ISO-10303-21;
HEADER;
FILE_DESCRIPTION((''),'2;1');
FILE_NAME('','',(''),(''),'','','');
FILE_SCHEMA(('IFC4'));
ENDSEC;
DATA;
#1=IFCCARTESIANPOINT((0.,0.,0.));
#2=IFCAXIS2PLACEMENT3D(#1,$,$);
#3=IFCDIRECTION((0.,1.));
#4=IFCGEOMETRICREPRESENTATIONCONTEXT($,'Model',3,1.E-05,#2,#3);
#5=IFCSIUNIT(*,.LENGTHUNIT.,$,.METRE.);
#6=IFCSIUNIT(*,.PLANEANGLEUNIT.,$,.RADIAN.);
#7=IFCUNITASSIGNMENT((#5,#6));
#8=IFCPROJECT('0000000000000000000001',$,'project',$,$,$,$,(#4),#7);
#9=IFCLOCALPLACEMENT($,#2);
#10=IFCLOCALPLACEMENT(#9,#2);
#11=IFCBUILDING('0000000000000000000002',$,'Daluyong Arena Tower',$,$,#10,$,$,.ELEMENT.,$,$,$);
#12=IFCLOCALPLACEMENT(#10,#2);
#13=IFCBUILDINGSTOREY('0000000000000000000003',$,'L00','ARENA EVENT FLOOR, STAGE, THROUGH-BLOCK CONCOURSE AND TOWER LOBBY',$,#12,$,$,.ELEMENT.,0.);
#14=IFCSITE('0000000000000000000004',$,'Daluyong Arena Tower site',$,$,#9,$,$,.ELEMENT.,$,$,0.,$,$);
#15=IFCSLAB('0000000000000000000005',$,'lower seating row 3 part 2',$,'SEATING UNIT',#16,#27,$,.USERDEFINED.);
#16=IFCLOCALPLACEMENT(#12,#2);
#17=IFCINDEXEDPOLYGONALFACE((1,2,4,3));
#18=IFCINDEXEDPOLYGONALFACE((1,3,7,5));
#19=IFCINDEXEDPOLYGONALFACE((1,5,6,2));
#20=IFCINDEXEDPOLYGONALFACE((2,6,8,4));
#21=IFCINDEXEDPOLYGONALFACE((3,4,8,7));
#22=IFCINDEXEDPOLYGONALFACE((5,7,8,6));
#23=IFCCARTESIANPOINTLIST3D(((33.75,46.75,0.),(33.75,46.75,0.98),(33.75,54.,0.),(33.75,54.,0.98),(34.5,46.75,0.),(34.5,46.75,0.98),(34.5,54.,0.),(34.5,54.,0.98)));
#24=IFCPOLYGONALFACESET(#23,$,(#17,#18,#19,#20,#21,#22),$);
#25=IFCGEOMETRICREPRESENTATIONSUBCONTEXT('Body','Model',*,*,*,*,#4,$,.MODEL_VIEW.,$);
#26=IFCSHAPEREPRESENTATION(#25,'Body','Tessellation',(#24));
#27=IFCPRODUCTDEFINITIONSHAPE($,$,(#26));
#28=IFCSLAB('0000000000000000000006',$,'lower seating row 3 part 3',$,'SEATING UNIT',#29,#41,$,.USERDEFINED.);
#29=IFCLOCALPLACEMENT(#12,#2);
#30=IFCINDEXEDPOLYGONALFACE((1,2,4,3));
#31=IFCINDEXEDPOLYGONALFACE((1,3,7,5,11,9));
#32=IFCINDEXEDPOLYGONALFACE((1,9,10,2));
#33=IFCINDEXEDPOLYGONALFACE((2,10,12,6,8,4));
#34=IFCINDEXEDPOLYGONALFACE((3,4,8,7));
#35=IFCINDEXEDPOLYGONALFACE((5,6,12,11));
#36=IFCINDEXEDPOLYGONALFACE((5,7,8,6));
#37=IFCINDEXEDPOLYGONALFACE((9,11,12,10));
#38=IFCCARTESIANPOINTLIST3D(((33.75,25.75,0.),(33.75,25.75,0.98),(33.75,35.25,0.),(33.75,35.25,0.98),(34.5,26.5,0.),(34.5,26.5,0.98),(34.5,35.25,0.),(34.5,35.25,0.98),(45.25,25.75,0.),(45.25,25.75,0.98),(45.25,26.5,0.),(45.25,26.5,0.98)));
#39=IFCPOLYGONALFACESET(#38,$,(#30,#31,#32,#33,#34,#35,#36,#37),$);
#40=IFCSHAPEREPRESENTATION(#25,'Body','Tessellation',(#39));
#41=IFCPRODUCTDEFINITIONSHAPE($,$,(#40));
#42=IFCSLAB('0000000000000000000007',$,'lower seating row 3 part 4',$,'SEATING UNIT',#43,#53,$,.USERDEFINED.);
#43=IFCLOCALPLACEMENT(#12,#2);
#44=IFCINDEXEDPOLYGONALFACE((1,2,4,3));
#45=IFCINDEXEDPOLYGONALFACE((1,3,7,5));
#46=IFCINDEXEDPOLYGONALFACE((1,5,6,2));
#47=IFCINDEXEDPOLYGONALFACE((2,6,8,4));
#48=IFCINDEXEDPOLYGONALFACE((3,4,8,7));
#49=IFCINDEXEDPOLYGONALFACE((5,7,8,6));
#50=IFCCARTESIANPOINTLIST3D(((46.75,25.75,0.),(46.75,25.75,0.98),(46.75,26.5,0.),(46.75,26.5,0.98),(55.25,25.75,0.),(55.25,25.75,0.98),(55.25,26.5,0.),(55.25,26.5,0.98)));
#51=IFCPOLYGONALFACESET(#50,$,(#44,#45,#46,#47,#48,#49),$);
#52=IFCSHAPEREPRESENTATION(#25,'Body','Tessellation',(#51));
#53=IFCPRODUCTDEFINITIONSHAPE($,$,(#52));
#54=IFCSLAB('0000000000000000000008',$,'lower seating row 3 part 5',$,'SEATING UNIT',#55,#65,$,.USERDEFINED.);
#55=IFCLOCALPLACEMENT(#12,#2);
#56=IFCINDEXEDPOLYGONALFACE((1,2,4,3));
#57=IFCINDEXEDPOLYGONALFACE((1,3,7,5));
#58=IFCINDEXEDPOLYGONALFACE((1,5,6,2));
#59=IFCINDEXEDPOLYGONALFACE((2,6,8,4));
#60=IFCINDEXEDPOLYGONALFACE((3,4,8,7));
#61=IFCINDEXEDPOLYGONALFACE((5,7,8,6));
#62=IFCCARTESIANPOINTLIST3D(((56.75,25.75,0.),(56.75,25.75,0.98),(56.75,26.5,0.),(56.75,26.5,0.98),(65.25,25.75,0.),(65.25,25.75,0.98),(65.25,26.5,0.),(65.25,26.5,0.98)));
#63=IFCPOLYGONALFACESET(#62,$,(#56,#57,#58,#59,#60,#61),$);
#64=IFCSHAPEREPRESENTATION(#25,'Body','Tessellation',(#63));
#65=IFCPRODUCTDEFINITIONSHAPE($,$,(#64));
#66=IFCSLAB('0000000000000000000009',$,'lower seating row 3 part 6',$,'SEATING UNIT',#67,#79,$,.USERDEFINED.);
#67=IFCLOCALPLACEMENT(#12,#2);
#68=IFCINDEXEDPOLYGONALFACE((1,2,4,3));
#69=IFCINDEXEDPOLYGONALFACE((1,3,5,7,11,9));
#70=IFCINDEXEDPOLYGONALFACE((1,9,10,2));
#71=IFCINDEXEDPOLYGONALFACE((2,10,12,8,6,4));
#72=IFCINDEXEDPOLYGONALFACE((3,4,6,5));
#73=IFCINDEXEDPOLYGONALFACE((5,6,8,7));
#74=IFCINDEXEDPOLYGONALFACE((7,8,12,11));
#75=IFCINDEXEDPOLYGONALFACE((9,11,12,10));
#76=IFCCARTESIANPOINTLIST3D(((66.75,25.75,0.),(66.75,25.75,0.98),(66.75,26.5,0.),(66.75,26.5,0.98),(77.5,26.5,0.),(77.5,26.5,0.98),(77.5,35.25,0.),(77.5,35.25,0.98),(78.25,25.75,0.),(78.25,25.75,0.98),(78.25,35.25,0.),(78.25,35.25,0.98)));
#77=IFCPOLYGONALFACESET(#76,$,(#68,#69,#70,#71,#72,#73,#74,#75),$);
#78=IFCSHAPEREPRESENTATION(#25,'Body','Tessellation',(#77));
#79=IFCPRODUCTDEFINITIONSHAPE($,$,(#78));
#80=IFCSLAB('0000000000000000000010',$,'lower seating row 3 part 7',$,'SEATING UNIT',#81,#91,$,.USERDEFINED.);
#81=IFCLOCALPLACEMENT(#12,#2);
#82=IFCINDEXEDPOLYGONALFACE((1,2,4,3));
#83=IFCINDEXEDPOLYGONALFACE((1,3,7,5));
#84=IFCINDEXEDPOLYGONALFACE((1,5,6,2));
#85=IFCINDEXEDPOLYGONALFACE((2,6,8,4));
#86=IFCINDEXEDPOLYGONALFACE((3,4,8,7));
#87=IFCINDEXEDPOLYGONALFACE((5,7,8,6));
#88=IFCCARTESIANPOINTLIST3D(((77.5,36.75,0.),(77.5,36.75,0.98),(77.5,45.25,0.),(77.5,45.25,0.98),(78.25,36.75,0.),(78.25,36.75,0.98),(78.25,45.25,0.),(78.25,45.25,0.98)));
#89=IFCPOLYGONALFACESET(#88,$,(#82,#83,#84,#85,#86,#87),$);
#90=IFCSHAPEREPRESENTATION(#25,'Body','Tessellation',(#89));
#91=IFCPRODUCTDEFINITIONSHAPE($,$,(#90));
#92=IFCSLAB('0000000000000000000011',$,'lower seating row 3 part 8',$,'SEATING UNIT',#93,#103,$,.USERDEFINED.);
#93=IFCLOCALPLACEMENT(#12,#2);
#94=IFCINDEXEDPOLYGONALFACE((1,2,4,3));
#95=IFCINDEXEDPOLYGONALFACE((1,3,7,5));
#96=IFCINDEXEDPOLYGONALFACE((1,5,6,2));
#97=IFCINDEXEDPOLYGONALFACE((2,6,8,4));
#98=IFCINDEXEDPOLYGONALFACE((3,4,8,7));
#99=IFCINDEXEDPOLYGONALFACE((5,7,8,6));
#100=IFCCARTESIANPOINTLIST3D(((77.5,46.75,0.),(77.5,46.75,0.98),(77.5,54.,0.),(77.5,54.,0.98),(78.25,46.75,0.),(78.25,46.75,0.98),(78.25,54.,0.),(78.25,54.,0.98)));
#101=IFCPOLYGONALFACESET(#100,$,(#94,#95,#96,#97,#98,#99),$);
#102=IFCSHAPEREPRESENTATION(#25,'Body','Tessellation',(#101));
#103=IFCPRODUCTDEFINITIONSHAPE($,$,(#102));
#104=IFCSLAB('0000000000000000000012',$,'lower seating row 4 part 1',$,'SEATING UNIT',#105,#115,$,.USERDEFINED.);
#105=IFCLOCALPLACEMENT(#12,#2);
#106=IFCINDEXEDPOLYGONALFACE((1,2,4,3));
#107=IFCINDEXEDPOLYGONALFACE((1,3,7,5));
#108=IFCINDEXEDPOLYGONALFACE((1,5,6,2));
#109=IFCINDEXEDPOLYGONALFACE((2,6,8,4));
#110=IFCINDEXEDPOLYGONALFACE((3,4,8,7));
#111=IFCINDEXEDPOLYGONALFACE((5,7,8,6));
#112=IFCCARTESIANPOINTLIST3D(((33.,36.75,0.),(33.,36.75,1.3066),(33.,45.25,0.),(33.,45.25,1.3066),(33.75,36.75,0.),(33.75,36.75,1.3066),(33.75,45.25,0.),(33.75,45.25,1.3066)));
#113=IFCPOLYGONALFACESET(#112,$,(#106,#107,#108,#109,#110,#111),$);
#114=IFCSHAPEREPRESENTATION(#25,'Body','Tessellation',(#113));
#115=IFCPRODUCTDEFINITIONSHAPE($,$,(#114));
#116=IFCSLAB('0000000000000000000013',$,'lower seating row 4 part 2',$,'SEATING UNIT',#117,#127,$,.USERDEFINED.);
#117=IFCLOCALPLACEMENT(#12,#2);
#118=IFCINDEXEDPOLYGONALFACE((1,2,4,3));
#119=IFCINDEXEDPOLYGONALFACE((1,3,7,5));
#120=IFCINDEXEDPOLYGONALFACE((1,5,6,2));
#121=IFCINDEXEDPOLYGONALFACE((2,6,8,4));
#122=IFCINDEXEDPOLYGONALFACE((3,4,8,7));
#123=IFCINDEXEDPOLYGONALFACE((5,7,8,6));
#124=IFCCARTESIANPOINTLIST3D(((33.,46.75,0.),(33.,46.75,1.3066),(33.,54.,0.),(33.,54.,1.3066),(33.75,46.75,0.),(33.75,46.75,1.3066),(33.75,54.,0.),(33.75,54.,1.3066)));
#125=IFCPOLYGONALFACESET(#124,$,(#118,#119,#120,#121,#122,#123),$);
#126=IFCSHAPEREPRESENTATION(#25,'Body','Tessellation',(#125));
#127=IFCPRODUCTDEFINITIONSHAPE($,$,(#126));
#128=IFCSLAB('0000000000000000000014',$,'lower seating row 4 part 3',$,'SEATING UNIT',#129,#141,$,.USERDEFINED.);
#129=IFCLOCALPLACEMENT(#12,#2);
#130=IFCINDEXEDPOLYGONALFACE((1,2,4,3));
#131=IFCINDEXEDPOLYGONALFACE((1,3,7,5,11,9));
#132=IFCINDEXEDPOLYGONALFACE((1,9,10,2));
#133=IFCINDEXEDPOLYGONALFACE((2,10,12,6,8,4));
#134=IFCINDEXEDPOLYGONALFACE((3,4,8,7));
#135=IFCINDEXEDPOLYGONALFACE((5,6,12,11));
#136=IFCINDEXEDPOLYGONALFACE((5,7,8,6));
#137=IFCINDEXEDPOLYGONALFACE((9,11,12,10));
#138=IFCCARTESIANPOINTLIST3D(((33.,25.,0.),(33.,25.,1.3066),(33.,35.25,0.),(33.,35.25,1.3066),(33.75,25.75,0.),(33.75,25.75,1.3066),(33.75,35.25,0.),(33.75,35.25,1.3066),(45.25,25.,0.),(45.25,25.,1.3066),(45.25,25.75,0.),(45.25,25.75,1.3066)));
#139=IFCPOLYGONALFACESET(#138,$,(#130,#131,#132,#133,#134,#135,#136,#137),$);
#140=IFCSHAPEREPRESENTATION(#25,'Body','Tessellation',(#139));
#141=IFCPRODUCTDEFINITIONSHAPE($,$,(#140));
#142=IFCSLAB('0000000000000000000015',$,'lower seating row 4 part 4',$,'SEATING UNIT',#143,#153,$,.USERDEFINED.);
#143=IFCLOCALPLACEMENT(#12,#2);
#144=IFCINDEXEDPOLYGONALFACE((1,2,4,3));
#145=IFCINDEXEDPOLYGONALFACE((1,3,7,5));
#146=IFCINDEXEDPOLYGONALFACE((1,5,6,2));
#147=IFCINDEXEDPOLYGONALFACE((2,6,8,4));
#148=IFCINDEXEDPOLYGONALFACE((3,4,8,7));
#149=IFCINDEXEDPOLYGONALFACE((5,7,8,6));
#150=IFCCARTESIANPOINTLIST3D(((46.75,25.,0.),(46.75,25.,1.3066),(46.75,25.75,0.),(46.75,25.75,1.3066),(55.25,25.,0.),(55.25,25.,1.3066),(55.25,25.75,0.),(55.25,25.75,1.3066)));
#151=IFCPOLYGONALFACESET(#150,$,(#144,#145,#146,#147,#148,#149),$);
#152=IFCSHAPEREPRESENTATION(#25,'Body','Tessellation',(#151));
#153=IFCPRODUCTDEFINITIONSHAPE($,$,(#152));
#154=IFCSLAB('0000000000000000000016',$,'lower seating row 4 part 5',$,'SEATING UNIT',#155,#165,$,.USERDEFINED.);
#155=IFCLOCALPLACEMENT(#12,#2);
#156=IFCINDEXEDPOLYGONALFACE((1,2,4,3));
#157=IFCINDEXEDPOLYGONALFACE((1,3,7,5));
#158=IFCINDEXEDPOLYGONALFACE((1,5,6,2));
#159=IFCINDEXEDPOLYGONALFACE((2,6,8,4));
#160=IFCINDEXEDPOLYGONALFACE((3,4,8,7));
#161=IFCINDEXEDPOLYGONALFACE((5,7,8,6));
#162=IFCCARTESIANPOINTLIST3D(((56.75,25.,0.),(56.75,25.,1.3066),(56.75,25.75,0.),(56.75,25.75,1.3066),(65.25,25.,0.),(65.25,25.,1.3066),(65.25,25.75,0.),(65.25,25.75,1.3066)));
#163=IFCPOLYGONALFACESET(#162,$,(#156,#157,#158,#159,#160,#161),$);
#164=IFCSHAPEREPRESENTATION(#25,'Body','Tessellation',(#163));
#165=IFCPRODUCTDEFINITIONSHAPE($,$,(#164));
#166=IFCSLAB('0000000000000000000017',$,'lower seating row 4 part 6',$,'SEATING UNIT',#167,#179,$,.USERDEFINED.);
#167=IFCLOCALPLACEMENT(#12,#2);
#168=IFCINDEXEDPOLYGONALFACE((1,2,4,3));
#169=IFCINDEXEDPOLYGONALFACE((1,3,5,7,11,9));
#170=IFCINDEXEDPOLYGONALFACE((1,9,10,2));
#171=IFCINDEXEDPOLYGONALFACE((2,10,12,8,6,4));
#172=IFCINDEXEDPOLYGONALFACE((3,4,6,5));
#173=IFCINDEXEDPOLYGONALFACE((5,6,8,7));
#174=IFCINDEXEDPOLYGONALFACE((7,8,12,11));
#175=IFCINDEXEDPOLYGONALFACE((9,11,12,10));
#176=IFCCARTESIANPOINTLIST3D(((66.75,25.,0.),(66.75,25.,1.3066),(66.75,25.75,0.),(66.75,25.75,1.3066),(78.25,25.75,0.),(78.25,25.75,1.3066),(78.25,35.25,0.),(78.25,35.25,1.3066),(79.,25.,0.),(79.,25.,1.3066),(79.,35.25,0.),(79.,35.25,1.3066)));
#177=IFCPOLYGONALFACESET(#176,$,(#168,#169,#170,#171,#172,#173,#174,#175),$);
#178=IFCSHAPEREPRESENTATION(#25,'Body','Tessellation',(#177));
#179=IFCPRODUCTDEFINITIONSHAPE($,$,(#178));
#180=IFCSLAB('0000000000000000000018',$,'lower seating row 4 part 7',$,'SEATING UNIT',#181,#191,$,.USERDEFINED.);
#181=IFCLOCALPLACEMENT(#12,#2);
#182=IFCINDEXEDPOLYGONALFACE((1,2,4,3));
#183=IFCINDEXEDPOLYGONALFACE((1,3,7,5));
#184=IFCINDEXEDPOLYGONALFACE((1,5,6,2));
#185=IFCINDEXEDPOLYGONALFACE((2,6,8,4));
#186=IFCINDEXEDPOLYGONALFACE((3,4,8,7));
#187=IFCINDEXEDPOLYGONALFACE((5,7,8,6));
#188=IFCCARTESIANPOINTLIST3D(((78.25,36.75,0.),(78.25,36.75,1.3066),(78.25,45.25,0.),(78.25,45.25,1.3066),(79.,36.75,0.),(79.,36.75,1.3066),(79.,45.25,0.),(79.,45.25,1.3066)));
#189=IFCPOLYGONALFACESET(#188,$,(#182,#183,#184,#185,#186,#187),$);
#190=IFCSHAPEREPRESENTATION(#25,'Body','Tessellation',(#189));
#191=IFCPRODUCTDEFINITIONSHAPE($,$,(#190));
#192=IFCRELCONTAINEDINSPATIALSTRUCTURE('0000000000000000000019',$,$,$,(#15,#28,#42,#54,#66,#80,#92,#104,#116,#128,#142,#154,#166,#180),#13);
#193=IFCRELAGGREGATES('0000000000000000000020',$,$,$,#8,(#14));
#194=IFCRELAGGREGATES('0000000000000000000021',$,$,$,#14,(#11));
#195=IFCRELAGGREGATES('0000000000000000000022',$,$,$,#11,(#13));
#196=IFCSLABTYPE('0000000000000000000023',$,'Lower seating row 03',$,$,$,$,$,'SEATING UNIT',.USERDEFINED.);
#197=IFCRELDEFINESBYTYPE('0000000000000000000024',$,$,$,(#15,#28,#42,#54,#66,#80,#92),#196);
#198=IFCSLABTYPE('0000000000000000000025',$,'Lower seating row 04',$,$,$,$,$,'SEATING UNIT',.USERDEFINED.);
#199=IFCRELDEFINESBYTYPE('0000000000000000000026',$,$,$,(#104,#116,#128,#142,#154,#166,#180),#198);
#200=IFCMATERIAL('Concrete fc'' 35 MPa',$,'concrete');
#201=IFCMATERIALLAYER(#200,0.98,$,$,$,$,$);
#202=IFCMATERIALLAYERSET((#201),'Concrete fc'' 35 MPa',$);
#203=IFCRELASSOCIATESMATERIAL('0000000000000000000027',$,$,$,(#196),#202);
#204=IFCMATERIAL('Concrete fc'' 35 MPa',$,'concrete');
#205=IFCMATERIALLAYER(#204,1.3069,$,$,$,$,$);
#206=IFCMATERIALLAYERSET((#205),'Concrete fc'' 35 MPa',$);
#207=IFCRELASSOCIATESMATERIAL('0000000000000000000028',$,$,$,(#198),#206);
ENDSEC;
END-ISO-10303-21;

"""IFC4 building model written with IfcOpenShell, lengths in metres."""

from ifc_helpers import new_model, si_unit, direction, origin, place, context, subcontext, project, spatial, polyline, outline, extrude, material, layer, layer_set, type_object, element, save


model = new_model("IFC4")

# Units and contexts
model_context = context("Model", 3, precision=1e-05, world=origin(), true_north=direction((0.0, 1.0)))
body_context = subcontext(model_context, "Body", "Model", "MODEL_VIEW")
ifc_project = project(units=[si_unit("LENGTHUNIT", "METRE"), si_unit("PLANEANGLEUNIT", "RADIAN")], contexts=[model_context])

# Site, building, storey
site_placement = place(None, origin())
site = spatial("IfcSite", under=ifc_project, at=site_placement, Name="Daluyong Arena Tower site", CompositionType="ELEMENT", RefElevation=0.0)
building_placement = place(site_placement, origin())
building = spatial("IfcBuilding", under=site, at=building_placement, Name="Daluyong Arena Tower", CompositionType="ELEMENT")
storey_placement = place(building_placement, origin())
storey = spatial("IfcBuildingStorey", under=building, at=storey_placement, Name="L00", Description="ARENA EVENT FLOOR, STAGE, THROUGH-BLOCK CONCOURSE AND TOWER LOBBY", CompositionType="ELEMENT", Elevation=0.0)

# Slabs
ifc_material_1 = material(Name="Concrete fc' 35 MPa", Category="concrete")
ifc_layer_1 = layer(ifc_material_1, 0.98)
ifc_layer_set_1 = layer_set([ifc_layer_1], Name="Concrete fc' 35 MPa")
slab_type_1 = type_object("IfcSlabType", Name="Lower seating row 03", ElementType="SEATING UNIT", PredefinedType="USERDEFINED", material=ifc_layer_set_1)
slab_1_placement = place(storey_placement, origin())
element("IfcSlab", 1, at=slab_1_placement, inside=storey, type_object=slab_type_1, Name="lower seating row 3 part 2", ObjectType="SEATING UNIT", PredefinedType="USERDEFINED", context=body_context, shape_type="SweptSolid", body=[
    extrude(outline(polyline([(33.75, 54.0), (33.75, 46.75), (34.5, 46.75), (34.5, 54.0), (33.75, 54.0)])), origin(), (0.0, 0.0, 1.0), 0.98),
])
slab_2_placement = place(storey_placement, origin())
element("IfcSlab", 2, at=slab_2_placement, inside=storey, type_object=slab_type_1, Name="lower seating row 3 part 3", ObjectType="SEATING UNIT", PredefinedType="USERDEFINED", context=body_context, shape_type="SweptSolid", body=[
    extrude(outline(polyline([(33.75, 25.75), (45.25, 25.75), (45.25, 26.5), (34.5, 26.5), (34.5, 35.25), (33.75, 35.25), (33.75, 25.75)])), origin(), (0.0, 0.0, 1.0), 0.98),
])
slab_3_placement = place(storey_placement, origin())
element("IfcSlab", 3, at=slab_3_placement, inside=storey, type_object=slab_type_1, Name="lower seating row 3 part 4", ObjectType="SEATING UNIT", PredefinedType="USERDEFINED", context=body_context, shape_type="SweptSolid", body=[
    extrude(outline(polyline([(46.75, 25.75), (55.25, 25.75), (55.25, 26.5), (46.75, 26.5), (46.75, 25.75)])), origin(), (0.0, 0.0, 1.0), 0.98),
])
slab_4_placement = place(storey_placement, origin())
element("IfcSlab", 4, at=slab_4_placement, inside=storey, type_object=slab_type_1, Name="lower seating row 3 part 5", ObjectType="SEATING UNIT", PredefinedType="USERDEFINED", context=body_context, shape_type="SweptSolid", body=[
    extrude(outline(polyline([(56.75, 25.75), (65.25, 25.75), (65.25, 26.5), (56.75, 26.5), (56.75, 25.75)])), origin(), (0.0, 0.0, 1.0), 0.98),
])
slab_5_placement = place(storey_placement, origin())
element("IfcSlab", 5, at=slab_5_placement, inside=storey, type_object=slab_type_1, Name="lower seating row 3 part 6", ObjectType="SEATING UNIT", PredefinedType="USERDEFINED", context=body_context, shape_type="SweptSolid", body=[
    extrude(outline(polyline([(78.25, 25.75), (78.25, 35.25), (77.5, 35.25), (77.5, 26.5), (66.75, 26.5), (66.75, 25.75), (78.25, 25.75)])), origin(), (0.0, 0.0, 1.0), 0.98),
])
slab_6_placement = place(storey_placement, origin())
element("IfcSlab", 6, at=slab_6_placement, inside=storey, type_object=slab_type_1, Name="lower seating row 3 part 7", ObjectType="SEATING UNIT", PredefinedType="USERDEFINED", context=body_context, shape_type="SweptSolid", body=[
    extrude(outline(polyline([(78.25, 36.75), (78.25, 45.25), (77.5, 45.25), (77.5, 36.75), (78.25, 36.75)])), origin(), (0.0, 0.0, 1.0), 0.98),
])
slab_7_placement = place(storey_placement, origin())
element("IfcSlab", 7, at=slab_7_placement, inside=storey, type_object=slab_type_1, Name="lower seating row 3 part 8", ObjectType="SEATING UNIT", PredefinedType="USERDEFINED", context=body_context, shape_type="SweptSolid", body=[
    extrude(outline(polyline([(78.25, 46.75), (78.25, 54.0), (77.5, 54.0), (77.5, 46.75), (78.25, 46.75)])), origin(), (0.0, 0.0, 1.0), 0.98),
])
ifc_material_2 = material(Name="Concrete fc' 35 MPa", Category="concrete")
ifc_layer_2 = layer(ifc_material_2, 1.3069)
ifc_layer_set_2 = layer_set([ifc_layer_2], Name="Concrete fc' 35 MPa")
slab_type_2 = type_object("IfcSlabType", Name="Lower seating row 04", ElementType="SEATING UNIT", PredefinedType="USERDEFINED", material=ifc_layer_set_2)
slab_8_placement = place(storey_placement, origin())
element("IfcSlab", 8, at=slab_8_placement, inside=storey, type_object=slab_type_2, Name="lower seating row 4 part 1", ObjectType="SEATING UNIT", PredefinedType="USERDEFINED", context=body_context, shape_type="SweptSolid", body=[
    extrude(outline(polyline([(33.0, 45.25), (33.0, 36.75), (33.75, 36.75), (33.75, 45.25), (33.0, 45.25)])), origin(), (0.0, 0.0, 1.0), 1.3066),
])
slab_9_placement = place(storey_placement, origin())
element("IfcSlab", 9, at=slab_9_placement, inside=storey, type_object=slab_type_2, Name="lower seating row 4 part 2", ObjectType="SEATING UNIT", PredefinedType="USERDEFINED", context=body_context, shape_type="SweptSolid", body=[
    extrude(outline(polyline([(33.0, 54.0), (33.0, 46.75), (33.75, 46.75), (33.75, 54.0), (33.0, 54.0)])), origin(), (0.0, 0.0, 1.0), 1.3066),
])
slab_10_placement = place(storey_placement, origin())
element("IfcSlab", 10, at=slab_10_placement, inside=storey, type_object=slab_type_2, Name="lower seating row 4 part 3", ObjectType="SEATING UNIT", PredefinedType="USERDEFINED", context=body_context, shape_type="SweptSolid", body=[
    extrude(outline(polyline([(33.0, 25.0), (45.25, 25.0), (45.25, 25.75), (33.75, 25.75), (33.75, 35.25), (33.0, 35.25), (33.0, 25.0)])), origin(), (0.0, 0.0, 1.0), 1.3066),
])
slab_11_placement = place(storey_placement, origin())
element("IfcSlab", 11, at=slab_11_placement, inside=storey, type_object=slab_type_2, Name="lower seating row 4 part 4", ObjectType="SEATING UNIT", PredefinedType="USERDEFINED", context=body_context, shape_type="SweptSolid", body=[
    extrude(outline(polyline([(46.75, 25.0), (55.25, 25.0), (55.25, 25.75), (46.75, 25.75), (46.75, 25.0)])), origin(), (0.0, 0.0, 1.0), 1.3066),
])
slab_12_placement = place(storey_placement, origin())
element("IfcSlab", 12, at=slab_12_placement, inside=storey, type_object=slab_type_2, Name="lower seating row 4 part 5", ObjectType="SEATING UNIT", PredefinedType="USERDEFINED", context=body_context, shape_type="SweptSolid", body=[
    extrude(outline(polyline([(56.75, 25.0), (65.25, 25.0), (65.25, 25.75), (56.75, 25.75), (56.75, 25.0)])), origin(), (0.0, 0.0, 1.0), 1.3066),
])
slab_13_placement = place(storey_placement, origin())
element("IfcSlab", 13, at=slab_13_placement, inside=storey, type_object=slab_type_2, Name="lower seating row 4 part 6", ObjectType="SEATING UNIT", PredefinedType="USERDEFINED", context=body_context, shape_type="SweptSolid", body=[
    extrude(outline(polyline([(79.0, 25.0), (79.0, 35.25), (78.25, 35.25), (78.25, 25.75), (66.75, 25.75), (66.75, 25.0), (79.0, 25.0)])), origin(), (0.0, 0.0, 1.0), 1.3066),
])
slab_14_placement = place(storey_placement, origin())
element("IfcSlab", 14, at=slab_14_placement, inside=storey, type_object=slab_type_2, Name="lower seating row 4 part 7", ObjectType="SEATING UNIT", PredefinedType="USERDEFINED", context=body_context, shape_type="SweptSolid", body=[
    extrude(outline(polyline([(79.0, 36.75), (79.0, 45.25), (78.25, 45.25), (78.25, 36.75), (79.0, 36.75)])), origin(), (0.0, 0.0, 1.0), 1.3066),
])

save(model, "model.ifc")
